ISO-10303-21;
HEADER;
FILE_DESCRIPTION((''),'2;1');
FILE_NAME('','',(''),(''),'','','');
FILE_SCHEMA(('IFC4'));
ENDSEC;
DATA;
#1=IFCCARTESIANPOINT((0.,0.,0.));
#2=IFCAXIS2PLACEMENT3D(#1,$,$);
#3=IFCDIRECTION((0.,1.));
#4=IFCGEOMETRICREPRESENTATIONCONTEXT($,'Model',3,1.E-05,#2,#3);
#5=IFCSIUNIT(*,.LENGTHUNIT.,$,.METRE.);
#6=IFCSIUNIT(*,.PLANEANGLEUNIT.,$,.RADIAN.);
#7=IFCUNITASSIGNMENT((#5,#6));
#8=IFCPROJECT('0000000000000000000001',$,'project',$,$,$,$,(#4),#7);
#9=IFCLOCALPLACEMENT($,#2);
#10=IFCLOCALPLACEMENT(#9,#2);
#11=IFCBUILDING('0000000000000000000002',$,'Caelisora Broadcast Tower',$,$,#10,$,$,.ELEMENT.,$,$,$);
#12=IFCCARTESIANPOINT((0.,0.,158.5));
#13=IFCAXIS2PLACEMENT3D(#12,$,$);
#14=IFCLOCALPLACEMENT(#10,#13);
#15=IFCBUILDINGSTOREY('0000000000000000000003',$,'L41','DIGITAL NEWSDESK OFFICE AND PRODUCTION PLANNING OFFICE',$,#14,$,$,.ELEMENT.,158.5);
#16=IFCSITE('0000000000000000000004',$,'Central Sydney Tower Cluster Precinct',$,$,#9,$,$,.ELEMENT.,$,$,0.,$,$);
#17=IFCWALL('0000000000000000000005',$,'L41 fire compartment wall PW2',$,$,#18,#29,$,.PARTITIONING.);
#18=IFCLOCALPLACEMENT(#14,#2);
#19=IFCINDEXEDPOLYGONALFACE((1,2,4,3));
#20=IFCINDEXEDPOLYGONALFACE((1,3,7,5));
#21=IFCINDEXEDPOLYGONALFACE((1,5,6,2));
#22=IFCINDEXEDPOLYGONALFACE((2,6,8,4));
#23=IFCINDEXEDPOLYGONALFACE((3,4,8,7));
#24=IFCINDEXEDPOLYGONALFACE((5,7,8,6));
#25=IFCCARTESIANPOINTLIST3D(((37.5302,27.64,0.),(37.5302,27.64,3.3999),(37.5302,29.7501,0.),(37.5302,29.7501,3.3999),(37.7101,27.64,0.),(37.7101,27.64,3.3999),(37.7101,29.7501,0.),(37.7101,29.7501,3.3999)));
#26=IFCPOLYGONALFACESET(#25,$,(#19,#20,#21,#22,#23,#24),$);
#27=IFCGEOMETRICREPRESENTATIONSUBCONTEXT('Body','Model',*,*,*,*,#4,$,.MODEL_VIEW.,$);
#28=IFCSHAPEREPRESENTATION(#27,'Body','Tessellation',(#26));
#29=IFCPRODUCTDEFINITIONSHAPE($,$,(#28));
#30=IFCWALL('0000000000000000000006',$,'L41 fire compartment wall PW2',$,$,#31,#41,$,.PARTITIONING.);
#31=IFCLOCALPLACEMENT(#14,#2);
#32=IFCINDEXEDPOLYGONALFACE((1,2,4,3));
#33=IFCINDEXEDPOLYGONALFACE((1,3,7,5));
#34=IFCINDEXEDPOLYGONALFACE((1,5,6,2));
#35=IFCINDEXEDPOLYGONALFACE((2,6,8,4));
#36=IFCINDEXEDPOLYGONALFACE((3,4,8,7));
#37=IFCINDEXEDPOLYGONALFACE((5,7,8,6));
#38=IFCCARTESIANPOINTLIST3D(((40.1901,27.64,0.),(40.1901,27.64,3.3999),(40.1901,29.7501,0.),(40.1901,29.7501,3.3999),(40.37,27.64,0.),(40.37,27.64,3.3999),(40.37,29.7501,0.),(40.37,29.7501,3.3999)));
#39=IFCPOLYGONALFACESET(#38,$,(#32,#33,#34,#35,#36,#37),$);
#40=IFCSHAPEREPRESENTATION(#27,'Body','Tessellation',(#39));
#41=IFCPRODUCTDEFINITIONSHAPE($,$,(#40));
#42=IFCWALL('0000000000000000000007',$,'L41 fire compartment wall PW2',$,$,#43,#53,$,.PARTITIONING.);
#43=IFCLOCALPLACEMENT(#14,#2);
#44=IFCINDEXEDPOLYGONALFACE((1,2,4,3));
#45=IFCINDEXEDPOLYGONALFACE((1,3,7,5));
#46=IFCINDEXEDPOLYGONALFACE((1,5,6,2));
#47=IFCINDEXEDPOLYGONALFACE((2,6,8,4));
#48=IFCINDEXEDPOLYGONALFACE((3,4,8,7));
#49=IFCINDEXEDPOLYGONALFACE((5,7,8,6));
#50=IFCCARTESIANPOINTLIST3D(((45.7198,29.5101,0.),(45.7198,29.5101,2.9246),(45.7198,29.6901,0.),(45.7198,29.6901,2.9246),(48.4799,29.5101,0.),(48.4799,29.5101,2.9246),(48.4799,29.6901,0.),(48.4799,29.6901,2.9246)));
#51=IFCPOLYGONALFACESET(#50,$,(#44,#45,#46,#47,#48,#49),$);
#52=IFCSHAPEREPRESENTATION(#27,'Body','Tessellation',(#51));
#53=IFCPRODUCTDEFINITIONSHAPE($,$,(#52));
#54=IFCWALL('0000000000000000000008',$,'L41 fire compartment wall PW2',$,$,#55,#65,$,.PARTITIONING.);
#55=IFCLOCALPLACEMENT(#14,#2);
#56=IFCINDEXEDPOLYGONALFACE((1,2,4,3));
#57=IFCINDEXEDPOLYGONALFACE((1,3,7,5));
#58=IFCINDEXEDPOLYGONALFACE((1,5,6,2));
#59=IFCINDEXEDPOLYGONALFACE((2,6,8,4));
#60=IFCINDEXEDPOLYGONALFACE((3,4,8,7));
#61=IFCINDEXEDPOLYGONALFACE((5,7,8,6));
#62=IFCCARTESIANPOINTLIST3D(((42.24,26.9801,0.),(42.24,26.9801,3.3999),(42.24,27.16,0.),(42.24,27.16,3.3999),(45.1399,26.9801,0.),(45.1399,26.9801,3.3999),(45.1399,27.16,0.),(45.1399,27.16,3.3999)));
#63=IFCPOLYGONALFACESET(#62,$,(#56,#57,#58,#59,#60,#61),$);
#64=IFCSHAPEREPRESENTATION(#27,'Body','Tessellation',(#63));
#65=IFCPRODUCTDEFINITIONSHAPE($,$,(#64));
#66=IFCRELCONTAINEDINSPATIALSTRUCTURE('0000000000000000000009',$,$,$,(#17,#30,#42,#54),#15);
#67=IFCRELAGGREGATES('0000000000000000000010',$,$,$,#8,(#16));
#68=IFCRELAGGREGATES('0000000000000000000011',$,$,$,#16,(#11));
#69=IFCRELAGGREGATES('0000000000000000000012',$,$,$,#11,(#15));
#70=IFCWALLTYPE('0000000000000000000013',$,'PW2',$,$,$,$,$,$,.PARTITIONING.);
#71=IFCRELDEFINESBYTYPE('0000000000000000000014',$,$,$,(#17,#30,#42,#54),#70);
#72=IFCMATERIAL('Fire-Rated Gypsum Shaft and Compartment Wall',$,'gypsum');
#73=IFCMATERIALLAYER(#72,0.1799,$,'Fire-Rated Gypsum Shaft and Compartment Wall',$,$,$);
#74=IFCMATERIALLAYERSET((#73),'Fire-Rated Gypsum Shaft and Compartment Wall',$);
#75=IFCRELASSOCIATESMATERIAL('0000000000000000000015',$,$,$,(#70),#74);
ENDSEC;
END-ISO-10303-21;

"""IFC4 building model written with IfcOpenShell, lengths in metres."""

from ifc_helpers import new_model, si_unit, direction, frame, frame_2d, origin, place, context, subcontext, project, spatial, rectangle, extrude, material, layer, layer_set, type_object, element, save


model = new_model("IFC4")

# Units and contexts
model_context = context("Model", 3, precision=1e-05, world=origin(), true_north=direction((0.0, 1.0)))
body_context = subcontext(model_context, "Body", "Model", "MODEL_VIEW")
ifc_project = project(units=[si_unit("LENGTHUNIT", "METRE"), si_unit("PLANEANGLEUNIT", "RADIAN")], contexts=[model_context])

# Site, building, storey
site_placement = place(None, origin())
site = spatial("IfcSite", under=ifc_project, at=site_placement, Name="Central Sydney Tower Cluster Precinct", CompositionType="ELEMENT", RefElevation=0.0)
building_placement = place(site_placement, origin())
building = spatial("IfcBuilding", under=site, at=building_placement, Name="Caelisora Broadcast Tower", CompositionType="ELEMENT")
storey_placement = place(building_placement, frame((0.0, 0.0, 158.5)))
storey = spatial("IfcBuildingStorey", under=building, at=storey_placement, Name="L41", Description="DIGITAL NEWSDESK OFFICE AND PRODUCTION PLANNING OFFICE", CompositionType="ELEMENT", Elevation=158.5)

# Shared definitions
ifc_material_1 = material(Name="Fire-Rated Gypsum Shaft and Compartment Wall", Category="gypsum")
ifc_layer_1 = layer(ifc_material_1, 0.1799, Name="Fire-Rated Gypsum Shaft and Compartment Wall")
ifc_layer_set_1 = layer_set([ifc_layer_1], Name="Fire-Rated Gypsum Shaft and Compartment Wall")
wall_type_1 = type_object("IfcWallType", Name="PW2", PredefinedType="PARTITIONING", material=ifc_layer_set_1)

# Walls
for number, where, z_axis, x_axis, name in (
    (1, (37.6201, 27.6399, 0.0), (0.0, 0.0, 1.0), (0.0, 1.0, 0.0), "L41 fire compartment wall PW2"),
    (2, (40.28, 27.6399, 0.0), (0.0, 0.0, 1.0), (0.0, 1.0, 0.0), "L41 fire compartment wall PW2"),
):
    element("IfcWall", number, at=place(storey_placement, frame(where, z_axis=z_axis, x_axis=x_axis)), inside=storey, type_object=wall_type_1, Name=name, PredefinedType="PARTITIONING", context=body_context, shape_type="SweptSolid", body=[
        extrude(rectangle(XDim=2.1101, YDim=0.1799, at=frame_2d((1.0552, 0.0))), origin(), (0.0, 0.0, 1.0), 3.3999),
    ])
wall_1_placement = place(storey_placement, frame((45.72, 29.6001, 0.0), z_axis=(0.0, 0.0, 1.0), x_axis=(1.0, 0.0, 0.0)))
element("IfcWall", 3, at=wall_1_placement, inside=storey, type_object=wall_type_1, Name="L41 fire compartment wall PW2", PredefinedType="PARTITIONING", context=body_context, shape_type="SweptSolid", body=[
    extrude(rectangle(XDim=2.76, YDim=0.1799, at=frame_2d((1.3799, 0.0))), origin(), (0.0, 0.0, 1.0), 2.9246),
])
wall_2_placement = place(storey_placement, frame((42.24, 27.0701, 0.0), z_axis=(0.0, 0.0, 1.0), x_axis=(1.0, 0.0, 0.0)))
element("IfcWall", 4, at=wall_2_placement, inside=storey, type_object=wall_type_1, Name="L41 fire compartment wall PW2", PredefinedType="PARTITIONING", context=body_context, shape_type="SweptSolid", body=[
    extrude(rectangle(XDim=2.8999, YDim=0.1799, at=frame_2d((1.45, 0.0))), origin(), (0.0, 0.0, 1.0), 3.3999),
])

save(model, "model.ifc")
